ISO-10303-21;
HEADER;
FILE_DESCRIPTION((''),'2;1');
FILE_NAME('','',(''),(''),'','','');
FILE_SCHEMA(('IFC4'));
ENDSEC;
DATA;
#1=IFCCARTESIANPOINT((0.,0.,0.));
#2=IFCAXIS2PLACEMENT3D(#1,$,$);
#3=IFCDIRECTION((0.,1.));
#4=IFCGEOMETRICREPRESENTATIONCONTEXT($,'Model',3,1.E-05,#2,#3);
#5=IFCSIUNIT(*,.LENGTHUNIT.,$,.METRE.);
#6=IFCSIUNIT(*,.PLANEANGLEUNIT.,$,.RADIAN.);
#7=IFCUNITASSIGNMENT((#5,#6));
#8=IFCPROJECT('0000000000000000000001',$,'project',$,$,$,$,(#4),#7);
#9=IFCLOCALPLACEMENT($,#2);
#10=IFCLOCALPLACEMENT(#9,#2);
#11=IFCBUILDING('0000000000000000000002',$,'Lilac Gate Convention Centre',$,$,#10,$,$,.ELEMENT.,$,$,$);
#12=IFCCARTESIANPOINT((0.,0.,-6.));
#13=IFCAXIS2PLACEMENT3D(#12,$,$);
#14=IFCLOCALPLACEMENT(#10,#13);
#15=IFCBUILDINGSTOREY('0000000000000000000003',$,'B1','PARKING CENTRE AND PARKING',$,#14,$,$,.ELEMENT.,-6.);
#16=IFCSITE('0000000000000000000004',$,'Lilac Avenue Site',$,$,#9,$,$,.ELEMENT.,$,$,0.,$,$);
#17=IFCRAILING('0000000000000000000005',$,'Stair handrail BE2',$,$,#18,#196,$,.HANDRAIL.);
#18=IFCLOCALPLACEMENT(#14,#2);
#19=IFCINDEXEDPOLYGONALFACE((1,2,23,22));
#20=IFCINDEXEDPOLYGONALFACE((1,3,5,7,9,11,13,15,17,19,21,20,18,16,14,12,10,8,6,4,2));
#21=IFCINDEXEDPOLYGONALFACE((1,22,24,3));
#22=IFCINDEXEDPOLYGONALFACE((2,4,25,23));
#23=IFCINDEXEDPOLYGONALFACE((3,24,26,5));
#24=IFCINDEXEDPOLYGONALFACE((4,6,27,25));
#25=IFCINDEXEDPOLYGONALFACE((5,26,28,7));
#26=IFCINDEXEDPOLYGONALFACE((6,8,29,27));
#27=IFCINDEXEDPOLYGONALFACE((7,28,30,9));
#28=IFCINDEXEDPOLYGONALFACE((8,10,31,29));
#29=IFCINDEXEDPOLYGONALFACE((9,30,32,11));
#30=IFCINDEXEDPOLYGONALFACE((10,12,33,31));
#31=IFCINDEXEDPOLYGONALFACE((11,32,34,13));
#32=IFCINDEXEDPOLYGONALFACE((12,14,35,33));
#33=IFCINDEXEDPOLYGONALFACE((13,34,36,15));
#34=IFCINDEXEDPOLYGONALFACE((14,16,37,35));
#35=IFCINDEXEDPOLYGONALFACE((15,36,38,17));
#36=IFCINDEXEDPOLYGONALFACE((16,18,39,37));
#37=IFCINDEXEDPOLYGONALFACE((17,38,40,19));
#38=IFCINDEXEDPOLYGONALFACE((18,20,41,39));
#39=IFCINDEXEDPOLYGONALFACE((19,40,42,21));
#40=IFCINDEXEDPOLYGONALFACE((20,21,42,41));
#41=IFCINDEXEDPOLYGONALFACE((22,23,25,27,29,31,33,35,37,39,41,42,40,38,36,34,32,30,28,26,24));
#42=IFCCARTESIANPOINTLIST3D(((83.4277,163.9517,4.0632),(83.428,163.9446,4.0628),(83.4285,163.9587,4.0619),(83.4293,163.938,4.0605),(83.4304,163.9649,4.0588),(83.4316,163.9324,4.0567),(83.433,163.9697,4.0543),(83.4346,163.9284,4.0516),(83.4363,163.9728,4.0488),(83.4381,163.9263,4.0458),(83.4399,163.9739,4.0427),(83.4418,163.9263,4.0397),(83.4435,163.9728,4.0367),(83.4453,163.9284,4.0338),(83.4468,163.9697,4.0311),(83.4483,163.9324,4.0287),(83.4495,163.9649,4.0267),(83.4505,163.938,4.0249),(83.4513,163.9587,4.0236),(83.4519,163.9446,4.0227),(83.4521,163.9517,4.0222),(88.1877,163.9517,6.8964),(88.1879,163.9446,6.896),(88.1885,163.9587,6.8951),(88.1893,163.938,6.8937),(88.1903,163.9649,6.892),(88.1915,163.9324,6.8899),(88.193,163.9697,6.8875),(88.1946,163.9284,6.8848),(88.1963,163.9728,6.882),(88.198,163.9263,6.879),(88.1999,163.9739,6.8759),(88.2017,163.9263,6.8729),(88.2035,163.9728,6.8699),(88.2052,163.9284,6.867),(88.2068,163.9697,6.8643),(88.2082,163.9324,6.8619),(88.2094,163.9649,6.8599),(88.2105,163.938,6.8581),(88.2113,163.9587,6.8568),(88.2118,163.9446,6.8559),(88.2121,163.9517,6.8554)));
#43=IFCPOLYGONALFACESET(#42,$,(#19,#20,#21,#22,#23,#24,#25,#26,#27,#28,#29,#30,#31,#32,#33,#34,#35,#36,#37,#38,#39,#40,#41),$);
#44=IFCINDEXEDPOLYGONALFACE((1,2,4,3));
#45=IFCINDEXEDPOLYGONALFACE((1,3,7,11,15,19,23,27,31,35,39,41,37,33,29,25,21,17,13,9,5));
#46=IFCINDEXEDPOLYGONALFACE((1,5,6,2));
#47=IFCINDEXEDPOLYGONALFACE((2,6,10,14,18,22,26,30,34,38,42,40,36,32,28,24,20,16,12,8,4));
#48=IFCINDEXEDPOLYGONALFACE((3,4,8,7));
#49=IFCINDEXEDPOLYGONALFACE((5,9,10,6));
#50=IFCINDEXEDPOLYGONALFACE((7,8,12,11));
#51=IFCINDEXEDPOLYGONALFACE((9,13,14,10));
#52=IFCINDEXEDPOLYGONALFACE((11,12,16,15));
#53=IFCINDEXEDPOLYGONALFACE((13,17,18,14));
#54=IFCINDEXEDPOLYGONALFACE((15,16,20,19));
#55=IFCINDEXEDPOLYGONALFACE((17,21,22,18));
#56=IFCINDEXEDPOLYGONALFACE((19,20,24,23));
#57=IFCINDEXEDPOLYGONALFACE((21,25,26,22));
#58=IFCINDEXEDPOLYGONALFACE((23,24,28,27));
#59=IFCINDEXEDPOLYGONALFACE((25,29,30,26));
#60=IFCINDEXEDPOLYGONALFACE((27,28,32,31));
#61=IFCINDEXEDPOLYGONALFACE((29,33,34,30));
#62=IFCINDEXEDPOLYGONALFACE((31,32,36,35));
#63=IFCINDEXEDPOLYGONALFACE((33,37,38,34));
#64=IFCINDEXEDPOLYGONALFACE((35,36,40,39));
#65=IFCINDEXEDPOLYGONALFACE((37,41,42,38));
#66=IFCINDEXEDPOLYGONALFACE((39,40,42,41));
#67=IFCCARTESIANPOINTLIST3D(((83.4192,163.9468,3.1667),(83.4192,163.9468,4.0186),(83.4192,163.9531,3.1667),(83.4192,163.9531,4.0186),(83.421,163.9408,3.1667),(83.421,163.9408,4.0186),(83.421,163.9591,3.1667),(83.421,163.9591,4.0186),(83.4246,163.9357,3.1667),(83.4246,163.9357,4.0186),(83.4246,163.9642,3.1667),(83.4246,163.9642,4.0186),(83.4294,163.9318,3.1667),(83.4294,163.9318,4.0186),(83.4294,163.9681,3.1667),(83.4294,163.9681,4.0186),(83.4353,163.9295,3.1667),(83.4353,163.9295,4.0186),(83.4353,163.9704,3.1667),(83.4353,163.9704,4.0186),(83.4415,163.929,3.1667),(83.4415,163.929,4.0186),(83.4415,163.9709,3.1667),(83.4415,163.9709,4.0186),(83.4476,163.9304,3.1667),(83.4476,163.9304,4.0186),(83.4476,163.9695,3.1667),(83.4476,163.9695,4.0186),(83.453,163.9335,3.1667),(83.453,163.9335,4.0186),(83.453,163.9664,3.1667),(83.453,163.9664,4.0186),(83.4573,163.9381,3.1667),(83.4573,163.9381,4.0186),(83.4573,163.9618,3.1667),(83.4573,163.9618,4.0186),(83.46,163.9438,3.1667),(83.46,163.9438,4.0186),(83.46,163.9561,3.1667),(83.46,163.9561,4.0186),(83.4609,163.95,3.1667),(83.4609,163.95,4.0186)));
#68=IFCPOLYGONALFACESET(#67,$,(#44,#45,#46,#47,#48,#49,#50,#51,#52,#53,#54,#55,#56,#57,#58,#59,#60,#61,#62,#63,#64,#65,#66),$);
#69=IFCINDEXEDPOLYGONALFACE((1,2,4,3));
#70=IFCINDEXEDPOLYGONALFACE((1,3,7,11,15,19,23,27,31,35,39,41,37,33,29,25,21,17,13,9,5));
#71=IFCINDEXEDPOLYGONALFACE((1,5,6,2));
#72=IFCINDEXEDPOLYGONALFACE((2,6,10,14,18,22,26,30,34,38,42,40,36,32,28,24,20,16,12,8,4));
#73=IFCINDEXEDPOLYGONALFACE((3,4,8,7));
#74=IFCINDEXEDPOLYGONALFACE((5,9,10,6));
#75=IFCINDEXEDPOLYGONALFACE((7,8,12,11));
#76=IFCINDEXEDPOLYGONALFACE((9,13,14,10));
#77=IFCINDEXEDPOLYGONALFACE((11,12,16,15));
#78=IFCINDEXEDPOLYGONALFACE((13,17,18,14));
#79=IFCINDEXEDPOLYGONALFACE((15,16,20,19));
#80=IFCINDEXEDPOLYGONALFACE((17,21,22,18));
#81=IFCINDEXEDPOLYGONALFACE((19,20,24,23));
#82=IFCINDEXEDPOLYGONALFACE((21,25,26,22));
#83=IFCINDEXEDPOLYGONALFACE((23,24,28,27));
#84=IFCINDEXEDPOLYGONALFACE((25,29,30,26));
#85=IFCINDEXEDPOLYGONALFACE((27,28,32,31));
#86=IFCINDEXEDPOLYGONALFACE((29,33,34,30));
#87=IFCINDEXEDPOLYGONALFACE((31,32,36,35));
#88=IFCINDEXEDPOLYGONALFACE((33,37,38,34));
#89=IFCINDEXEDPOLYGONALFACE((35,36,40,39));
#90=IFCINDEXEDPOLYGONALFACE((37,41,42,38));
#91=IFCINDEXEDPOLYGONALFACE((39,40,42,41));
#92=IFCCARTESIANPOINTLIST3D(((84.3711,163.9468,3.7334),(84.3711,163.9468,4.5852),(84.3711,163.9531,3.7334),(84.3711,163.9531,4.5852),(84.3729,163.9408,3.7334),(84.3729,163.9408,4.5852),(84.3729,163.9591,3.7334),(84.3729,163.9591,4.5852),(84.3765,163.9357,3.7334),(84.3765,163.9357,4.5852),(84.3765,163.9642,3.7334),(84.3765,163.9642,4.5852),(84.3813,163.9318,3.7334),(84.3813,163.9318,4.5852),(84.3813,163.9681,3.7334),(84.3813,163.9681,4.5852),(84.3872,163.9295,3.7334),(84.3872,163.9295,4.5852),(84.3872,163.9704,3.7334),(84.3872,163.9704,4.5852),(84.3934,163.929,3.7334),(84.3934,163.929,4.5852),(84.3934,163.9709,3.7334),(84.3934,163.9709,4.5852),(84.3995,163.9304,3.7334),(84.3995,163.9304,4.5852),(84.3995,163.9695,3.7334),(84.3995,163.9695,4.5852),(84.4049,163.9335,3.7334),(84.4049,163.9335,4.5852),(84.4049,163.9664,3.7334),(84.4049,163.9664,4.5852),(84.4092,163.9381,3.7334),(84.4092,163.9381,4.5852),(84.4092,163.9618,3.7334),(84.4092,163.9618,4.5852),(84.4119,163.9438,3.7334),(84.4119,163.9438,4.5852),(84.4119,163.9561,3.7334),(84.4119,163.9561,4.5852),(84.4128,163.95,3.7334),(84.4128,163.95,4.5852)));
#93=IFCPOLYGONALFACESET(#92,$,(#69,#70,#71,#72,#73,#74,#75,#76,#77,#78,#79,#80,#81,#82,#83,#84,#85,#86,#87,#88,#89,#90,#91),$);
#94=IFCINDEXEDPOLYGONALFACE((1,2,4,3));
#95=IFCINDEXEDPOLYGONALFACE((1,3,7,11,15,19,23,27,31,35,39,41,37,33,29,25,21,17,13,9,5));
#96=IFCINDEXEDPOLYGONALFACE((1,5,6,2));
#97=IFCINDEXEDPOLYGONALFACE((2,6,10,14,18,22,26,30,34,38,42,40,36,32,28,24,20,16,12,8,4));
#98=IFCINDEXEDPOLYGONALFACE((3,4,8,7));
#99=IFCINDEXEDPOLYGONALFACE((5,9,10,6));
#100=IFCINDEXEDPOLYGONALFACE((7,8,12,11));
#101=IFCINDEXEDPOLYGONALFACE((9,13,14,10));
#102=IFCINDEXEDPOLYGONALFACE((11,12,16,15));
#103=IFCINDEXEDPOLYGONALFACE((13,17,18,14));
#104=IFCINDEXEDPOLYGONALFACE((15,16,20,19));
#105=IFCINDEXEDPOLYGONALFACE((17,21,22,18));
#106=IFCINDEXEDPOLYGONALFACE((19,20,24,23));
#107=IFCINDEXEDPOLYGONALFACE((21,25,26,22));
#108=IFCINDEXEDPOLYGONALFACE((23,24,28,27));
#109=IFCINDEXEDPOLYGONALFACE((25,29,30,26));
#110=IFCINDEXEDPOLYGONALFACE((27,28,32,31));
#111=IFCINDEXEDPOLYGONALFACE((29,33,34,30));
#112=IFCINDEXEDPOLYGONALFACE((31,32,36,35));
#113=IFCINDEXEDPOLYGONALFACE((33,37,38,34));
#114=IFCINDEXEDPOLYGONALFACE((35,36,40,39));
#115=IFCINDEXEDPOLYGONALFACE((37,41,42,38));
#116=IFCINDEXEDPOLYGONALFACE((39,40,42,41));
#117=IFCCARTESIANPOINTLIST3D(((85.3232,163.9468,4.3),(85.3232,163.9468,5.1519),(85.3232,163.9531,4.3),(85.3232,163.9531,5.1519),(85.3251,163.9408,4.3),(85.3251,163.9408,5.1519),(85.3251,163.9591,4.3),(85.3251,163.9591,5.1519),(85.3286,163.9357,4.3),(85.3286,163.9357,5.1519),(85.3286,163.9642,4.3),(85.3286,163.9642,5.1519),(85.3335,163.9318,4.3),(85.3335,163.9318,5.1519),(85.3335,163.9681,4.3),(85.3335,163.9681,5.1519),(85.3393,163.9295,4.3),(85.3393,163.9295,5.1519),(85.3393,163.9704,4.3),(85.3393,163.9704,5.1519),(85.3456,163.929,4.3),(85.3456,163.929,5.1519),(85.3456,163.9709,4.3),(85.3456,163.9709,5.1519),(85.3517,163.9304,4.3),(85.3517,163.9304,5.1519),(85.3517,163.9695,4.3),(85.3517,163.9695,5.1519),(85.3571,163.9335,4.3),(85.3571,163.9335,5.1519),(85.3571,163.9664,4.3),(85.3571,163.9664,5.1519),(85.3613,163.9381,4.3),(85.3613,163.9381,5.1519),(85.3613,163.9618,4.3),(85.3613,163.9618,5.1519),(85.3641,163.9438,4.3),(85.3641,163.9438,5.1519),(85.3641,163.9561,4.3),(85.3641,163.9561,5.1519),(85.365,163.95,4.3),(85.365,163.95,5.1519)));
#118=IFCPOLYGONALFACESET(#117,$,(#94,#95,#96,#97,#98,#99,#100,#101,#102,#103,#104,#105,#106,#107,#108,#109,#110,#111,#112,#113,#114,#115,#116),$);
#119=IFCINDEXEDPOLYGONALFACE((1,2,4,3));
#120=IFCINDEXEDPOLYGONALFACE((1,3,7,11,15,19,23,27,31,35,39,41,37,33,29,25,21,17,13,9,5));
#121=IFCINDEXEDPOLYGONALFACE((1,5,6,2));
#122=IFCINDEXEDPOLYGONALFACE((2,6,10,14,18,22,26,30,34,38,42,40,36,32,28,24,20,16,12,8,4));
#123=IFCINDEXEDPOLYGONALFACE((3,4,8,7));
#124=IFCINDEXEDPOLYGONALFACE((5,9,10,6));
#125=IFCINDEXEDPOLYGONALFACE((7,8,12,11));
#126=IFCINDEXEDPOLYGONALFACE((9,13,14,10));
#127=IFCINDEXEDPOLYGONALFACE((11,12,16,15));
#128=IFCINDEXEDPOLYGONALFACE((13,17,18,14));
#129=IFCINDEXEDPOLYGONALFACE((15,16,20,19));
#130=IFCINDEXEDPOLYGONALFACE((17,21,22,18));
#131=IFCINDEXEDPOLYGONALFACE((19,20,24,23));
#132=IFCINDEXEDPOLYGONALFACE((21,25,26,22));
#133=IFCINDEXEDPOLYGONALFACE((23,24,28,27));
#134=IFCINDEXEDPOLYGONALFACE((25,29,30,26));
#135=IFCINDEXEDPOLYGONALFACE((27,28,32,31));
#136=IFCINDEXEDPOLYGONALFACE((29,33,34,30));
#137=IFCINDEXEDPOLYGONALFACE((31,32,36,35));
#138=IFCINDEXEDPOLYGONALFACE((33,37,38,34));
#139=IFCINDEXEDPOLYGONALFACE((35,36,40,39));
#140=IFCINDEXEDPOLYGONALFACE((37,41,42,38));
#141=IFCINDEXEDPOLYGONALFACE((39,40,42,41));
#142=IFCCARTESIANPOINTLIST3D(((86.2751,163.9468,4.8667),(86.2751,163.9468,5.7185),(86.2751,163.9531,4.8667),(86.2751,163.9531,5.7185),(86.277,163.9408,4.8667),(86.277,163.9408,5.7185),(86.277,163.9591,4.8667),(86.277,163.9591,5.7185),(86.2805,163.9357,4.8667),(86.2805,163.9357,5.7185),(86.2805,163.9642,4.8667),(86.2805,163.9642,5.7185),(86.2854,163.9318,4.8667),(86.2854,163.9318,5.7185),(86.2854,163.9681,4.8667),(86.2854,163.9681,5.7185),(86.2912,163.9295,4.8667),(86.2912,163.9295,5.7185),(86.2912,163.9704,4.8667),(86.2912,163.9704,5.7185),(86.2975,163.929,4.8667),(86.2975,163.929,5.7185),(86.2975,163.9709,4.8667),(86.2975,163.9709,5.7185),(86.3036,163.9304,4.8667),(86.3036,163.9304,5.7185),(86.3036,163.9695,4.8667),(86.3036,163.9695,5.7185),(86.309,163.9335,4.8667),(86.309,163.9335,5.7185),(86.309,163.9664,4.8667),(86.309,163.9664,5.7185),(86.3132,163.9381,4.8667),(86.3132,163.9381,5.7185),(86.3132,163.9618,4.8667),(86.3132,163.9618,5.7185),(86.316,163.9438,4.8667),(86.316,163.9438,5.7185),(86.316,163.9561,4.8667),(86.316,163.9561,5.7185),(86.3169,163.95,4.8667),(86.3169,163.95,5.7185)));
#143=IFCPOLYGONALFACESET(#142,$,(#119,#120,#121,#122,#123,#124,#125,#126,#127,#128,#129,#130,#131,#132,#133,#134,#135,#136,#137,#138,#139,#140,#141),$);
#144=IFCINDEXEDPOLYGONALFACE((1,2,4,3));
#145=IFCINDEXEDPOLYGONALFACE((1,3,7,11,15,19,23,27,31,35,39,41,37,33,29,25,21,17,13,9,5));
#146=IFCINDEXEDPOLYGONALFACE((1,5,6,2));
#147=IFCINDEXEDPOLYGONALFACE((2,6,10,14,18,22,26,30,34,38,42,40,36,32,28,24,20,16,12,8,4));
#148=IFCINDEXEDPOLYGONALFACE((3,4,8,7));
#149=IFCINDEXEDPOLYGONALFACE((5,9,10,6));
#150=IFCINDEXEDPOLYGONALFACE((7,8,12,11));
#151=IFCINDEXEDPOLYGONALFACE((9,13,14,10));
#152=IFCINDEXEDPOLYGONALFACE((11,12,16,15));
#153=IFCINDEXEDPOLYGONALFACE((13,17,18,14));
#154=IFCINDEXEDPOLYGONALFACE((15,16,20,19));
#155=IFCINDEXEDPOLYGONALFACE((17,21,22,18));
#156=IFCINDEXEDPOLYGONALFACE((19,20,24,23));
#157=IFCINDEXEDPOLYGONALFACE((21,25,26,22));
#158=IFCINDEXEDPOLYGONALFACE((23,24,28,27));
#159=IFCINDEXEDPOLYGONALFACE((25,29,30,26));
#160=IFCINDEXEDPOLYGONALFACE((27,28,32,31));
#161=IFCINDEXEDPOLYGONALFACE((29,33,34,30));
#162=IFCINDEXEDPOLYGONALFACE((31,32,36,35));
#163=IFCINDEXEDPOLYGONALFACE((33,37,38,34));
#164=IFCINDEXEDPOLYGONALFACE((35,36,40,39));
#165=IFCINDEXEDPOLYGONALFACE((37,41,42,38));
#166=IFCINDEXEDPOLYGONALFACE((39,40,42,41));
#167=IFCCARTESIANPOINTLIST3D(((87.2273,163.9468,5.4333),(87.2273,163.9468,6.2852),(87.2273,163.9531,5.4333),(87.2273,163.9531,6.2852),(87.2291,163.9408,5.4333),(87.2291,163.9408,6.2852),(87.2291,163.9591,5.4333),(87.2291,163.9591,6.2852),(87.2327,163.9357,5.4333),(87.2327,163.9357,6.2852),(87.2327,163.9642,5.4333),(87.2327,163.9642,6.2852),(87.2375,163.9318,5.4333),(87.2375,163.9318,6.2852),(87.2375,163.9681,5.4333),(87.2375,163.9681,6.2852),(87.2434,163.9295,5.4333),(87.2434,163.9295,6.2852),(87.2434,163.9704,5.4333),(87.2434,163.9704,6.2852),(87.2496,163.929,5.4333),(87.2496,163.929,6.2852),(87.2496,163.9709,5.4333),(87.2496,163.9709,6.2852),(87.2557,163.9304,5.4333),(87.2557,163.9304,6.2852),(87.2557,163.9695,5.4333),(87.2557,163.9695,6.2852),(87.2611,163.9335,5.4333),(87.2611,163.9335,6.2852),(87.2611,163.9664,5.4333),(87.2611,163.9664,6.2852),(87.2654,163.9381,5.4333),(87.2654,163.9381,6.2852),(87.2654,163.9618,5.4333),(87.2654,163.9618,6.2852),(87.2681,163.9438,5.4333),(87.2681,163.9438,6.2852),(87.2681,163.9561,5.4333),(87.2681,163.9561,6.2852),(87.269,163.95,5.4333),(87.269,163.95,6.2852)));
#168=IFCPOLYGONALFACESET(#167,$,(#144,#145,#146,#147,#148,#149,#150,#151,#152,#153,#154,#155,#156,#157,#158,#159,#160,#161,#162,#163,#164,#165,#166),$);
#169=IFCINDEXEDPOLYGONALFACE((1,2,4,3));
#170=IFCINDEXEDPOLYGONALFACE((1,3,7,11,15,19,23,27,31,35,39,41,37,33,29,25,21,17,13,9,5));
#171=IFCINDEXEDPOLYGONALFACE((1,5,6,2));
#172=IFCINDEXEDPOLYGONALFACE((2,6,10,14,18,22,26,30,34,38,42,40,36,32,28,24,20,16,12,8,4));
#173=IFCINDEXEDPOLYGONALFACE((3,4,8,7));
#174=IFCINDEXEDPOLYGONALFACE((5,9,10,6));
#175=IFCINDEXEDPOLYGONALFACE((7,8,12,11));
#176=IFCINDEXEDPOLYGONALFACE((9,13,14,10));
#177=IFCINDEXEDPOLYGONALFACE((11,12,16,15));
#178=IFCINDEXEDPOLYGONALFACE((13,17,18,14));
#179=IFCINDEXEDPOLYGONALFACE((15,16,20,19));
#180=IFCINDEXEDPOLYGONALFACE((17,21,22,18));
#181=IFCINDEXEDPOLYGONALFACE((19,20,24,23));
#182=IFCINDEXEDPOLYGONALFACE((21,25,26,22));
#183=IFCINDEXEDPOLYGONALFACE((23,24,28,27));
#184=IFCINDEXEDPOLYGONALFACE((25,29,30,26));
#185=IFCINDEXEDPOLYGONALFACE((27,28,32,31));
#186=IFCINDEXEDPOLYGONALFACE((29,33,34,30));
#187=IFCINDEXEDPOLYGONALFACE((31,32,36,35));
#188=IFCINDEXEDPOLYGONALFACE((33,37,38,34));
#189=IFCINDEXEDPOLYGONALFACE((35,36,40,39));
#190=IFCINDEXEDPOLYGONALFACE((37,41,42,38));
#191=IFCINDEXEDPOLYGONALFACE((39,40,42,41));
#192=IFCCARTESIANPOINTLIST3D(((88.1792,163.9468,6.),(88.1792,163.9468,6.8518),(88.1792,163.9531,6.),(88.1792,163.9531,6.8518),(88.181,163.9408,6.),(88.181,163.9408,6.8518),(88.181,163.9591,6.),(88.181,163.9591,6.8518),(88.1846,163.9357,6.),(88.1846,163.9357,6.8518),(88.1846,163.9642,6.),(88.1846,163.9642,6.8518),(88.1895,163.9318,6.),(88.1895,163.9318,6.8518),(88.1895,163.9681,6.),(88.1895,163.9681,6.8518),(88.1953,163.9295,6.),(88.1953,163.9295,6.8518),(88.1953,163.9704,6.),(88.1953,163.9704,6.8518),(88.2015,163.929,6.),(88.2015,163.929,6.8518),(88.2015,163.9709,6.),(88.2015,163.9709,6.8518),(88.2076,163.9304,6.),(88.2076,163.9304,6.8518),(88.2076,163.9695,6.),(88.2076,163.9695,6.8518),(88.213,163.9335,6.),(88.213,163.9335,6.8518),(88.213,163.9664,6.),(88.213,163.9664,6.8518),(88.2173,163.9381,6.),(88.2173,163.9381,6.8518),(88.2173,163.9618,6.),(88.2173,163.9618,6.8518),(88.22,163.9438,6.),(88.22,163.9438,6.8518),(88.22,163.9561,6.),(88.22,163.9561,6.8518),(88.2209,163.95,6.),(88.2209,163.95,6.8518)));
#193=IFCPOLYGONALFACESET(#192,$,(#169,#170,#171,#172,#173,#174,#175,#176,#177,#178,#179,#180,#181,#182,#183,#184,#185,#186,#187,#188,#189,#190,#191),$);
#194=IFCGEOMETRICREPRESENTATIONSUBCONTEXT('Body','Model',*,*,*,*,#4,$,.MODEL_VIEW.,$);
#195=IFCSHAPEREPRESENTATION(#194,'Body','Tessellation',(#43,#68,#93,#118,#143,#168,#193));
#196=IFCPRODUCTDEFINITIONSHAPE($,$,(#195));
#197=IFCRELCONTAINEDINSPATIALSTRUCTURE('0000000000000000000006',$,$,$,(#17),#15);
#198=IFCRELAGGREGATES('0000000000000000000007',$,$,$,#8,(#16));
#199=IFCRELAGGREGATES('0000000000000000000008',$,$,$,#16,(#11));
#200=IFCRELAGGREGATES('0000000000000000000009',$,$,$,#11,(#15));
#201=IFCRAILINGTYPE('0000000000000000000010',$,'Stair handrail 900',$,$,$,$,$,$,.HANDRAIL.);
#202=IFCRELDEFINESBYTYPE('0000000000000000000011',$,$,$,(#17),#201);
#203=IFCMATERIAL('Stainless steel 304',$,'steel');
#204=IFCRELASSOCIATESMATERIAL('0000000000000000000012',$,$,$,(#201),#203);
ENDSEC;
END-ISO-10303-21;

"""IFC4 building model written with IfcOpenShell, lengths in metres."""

from ifc_helpers import new_model, si_unit, direction, frame, origin, origin_2d, place, context, subcontext, project, spatial, circle, extrude, material, type_object, element, save


model = new_model("IFC4")

# Units and contexts
model_context = context("Model", 3, precision=1e-05, world=origin(), true_north=direction((0.0, 1.0)))
body_context = subcontext(model_context, "Body", "Model", "MODEL_VIEW")
ifc_project = project(units=[si_unit("LENGTHUNIT", "METRE"), si_unit("PLANEANGLEUNIT", "RADIAN")], contexts=[model_context])

# Site, building, storey
site_placement = place(None, origin())
site = spatial("IfcSite", under=ifc_project, at=site_placement, Name="Lilac Avenue Site", CompositionType="ELEMENT", RefElevation=0.0)
building_placement = place(site_placement, origin())
building = spatial("IfcBuilding", under=site, at=building_placement, Name="Lilac Gate Convention Centre", CompositionType="ELEMENT")
storey_placement = place(building_placement, frame((0.0, 0.0, -6.0)))
storey = spatial("IfcBuildingStorey", under=building, at=storey_placement, Name="B1", Description="PARKING CENTRE AND PARKING", CompositionType="ELEMENT", Elevation=-6.0)

# Railing
ifc_material_1 = material(Name="Stainless steel 304", Category="steel")
railing_type = type_object("IfcRailingType", Name="Stair handrail 900", PredefinedType="HANDRAIL", material=ifc_material_1)
for number, where, name in (
    (1, (83.4399, 163.95, 3.1667), "Stair handrail BE2"),
):
    element("IfcRailing", number, at=place(storey_placement, frame(where)), inside=storey, type_object=railing_type, Name=name, PredefinedType="HANDRAIL", context=body_context, shape_type="SweptSolid", body=[
        extrude(circle(Radius=0.0239, at=origin_2d()), frame((0.0, 0.0, 0.876), z_axis=(0.8593, 0.0, 0.511472), x_axis=(0.0, 1.0, 0.0)), (0.0, 0.0, 1.0), 5.5393),
        extrude(circle(Radius=0.021, at=origin_2d()), origin(), (0.0, 0.0, 1.0), 0.8518),
        extrude(circle(Radius=0.021, at=origin_2d()), frame((0.9519, 0.0, 0.5667)), (0.0, 0.0, 1.0), 0.8518),
        extrude(circle(Radius=0.021, at=origin_2d()), frame((1.9041, 0.0, 1.1333)), (0.0, 0.0, 1.0), 0.8518),
        extrude(circle(Radius=0.021, at=origin_2d()), frame((2.856, 0.0, 1.7)), (0.0, 0.0, 1.0), 0.8518),
        extrude(circle(Radius=0.021, at=origin_2d()), frame((3.8081, 0.0, 2.2666)), (0.0, 0.0, 1.0), 0.8518),
        extrude(circle(Radius=0.021, at=origin_2d()), frame((4.76, 0.0, 2.8333)), (0.0, 0.0, 1.0), 0.8518),
    ])

save(model, "model.ifc")
